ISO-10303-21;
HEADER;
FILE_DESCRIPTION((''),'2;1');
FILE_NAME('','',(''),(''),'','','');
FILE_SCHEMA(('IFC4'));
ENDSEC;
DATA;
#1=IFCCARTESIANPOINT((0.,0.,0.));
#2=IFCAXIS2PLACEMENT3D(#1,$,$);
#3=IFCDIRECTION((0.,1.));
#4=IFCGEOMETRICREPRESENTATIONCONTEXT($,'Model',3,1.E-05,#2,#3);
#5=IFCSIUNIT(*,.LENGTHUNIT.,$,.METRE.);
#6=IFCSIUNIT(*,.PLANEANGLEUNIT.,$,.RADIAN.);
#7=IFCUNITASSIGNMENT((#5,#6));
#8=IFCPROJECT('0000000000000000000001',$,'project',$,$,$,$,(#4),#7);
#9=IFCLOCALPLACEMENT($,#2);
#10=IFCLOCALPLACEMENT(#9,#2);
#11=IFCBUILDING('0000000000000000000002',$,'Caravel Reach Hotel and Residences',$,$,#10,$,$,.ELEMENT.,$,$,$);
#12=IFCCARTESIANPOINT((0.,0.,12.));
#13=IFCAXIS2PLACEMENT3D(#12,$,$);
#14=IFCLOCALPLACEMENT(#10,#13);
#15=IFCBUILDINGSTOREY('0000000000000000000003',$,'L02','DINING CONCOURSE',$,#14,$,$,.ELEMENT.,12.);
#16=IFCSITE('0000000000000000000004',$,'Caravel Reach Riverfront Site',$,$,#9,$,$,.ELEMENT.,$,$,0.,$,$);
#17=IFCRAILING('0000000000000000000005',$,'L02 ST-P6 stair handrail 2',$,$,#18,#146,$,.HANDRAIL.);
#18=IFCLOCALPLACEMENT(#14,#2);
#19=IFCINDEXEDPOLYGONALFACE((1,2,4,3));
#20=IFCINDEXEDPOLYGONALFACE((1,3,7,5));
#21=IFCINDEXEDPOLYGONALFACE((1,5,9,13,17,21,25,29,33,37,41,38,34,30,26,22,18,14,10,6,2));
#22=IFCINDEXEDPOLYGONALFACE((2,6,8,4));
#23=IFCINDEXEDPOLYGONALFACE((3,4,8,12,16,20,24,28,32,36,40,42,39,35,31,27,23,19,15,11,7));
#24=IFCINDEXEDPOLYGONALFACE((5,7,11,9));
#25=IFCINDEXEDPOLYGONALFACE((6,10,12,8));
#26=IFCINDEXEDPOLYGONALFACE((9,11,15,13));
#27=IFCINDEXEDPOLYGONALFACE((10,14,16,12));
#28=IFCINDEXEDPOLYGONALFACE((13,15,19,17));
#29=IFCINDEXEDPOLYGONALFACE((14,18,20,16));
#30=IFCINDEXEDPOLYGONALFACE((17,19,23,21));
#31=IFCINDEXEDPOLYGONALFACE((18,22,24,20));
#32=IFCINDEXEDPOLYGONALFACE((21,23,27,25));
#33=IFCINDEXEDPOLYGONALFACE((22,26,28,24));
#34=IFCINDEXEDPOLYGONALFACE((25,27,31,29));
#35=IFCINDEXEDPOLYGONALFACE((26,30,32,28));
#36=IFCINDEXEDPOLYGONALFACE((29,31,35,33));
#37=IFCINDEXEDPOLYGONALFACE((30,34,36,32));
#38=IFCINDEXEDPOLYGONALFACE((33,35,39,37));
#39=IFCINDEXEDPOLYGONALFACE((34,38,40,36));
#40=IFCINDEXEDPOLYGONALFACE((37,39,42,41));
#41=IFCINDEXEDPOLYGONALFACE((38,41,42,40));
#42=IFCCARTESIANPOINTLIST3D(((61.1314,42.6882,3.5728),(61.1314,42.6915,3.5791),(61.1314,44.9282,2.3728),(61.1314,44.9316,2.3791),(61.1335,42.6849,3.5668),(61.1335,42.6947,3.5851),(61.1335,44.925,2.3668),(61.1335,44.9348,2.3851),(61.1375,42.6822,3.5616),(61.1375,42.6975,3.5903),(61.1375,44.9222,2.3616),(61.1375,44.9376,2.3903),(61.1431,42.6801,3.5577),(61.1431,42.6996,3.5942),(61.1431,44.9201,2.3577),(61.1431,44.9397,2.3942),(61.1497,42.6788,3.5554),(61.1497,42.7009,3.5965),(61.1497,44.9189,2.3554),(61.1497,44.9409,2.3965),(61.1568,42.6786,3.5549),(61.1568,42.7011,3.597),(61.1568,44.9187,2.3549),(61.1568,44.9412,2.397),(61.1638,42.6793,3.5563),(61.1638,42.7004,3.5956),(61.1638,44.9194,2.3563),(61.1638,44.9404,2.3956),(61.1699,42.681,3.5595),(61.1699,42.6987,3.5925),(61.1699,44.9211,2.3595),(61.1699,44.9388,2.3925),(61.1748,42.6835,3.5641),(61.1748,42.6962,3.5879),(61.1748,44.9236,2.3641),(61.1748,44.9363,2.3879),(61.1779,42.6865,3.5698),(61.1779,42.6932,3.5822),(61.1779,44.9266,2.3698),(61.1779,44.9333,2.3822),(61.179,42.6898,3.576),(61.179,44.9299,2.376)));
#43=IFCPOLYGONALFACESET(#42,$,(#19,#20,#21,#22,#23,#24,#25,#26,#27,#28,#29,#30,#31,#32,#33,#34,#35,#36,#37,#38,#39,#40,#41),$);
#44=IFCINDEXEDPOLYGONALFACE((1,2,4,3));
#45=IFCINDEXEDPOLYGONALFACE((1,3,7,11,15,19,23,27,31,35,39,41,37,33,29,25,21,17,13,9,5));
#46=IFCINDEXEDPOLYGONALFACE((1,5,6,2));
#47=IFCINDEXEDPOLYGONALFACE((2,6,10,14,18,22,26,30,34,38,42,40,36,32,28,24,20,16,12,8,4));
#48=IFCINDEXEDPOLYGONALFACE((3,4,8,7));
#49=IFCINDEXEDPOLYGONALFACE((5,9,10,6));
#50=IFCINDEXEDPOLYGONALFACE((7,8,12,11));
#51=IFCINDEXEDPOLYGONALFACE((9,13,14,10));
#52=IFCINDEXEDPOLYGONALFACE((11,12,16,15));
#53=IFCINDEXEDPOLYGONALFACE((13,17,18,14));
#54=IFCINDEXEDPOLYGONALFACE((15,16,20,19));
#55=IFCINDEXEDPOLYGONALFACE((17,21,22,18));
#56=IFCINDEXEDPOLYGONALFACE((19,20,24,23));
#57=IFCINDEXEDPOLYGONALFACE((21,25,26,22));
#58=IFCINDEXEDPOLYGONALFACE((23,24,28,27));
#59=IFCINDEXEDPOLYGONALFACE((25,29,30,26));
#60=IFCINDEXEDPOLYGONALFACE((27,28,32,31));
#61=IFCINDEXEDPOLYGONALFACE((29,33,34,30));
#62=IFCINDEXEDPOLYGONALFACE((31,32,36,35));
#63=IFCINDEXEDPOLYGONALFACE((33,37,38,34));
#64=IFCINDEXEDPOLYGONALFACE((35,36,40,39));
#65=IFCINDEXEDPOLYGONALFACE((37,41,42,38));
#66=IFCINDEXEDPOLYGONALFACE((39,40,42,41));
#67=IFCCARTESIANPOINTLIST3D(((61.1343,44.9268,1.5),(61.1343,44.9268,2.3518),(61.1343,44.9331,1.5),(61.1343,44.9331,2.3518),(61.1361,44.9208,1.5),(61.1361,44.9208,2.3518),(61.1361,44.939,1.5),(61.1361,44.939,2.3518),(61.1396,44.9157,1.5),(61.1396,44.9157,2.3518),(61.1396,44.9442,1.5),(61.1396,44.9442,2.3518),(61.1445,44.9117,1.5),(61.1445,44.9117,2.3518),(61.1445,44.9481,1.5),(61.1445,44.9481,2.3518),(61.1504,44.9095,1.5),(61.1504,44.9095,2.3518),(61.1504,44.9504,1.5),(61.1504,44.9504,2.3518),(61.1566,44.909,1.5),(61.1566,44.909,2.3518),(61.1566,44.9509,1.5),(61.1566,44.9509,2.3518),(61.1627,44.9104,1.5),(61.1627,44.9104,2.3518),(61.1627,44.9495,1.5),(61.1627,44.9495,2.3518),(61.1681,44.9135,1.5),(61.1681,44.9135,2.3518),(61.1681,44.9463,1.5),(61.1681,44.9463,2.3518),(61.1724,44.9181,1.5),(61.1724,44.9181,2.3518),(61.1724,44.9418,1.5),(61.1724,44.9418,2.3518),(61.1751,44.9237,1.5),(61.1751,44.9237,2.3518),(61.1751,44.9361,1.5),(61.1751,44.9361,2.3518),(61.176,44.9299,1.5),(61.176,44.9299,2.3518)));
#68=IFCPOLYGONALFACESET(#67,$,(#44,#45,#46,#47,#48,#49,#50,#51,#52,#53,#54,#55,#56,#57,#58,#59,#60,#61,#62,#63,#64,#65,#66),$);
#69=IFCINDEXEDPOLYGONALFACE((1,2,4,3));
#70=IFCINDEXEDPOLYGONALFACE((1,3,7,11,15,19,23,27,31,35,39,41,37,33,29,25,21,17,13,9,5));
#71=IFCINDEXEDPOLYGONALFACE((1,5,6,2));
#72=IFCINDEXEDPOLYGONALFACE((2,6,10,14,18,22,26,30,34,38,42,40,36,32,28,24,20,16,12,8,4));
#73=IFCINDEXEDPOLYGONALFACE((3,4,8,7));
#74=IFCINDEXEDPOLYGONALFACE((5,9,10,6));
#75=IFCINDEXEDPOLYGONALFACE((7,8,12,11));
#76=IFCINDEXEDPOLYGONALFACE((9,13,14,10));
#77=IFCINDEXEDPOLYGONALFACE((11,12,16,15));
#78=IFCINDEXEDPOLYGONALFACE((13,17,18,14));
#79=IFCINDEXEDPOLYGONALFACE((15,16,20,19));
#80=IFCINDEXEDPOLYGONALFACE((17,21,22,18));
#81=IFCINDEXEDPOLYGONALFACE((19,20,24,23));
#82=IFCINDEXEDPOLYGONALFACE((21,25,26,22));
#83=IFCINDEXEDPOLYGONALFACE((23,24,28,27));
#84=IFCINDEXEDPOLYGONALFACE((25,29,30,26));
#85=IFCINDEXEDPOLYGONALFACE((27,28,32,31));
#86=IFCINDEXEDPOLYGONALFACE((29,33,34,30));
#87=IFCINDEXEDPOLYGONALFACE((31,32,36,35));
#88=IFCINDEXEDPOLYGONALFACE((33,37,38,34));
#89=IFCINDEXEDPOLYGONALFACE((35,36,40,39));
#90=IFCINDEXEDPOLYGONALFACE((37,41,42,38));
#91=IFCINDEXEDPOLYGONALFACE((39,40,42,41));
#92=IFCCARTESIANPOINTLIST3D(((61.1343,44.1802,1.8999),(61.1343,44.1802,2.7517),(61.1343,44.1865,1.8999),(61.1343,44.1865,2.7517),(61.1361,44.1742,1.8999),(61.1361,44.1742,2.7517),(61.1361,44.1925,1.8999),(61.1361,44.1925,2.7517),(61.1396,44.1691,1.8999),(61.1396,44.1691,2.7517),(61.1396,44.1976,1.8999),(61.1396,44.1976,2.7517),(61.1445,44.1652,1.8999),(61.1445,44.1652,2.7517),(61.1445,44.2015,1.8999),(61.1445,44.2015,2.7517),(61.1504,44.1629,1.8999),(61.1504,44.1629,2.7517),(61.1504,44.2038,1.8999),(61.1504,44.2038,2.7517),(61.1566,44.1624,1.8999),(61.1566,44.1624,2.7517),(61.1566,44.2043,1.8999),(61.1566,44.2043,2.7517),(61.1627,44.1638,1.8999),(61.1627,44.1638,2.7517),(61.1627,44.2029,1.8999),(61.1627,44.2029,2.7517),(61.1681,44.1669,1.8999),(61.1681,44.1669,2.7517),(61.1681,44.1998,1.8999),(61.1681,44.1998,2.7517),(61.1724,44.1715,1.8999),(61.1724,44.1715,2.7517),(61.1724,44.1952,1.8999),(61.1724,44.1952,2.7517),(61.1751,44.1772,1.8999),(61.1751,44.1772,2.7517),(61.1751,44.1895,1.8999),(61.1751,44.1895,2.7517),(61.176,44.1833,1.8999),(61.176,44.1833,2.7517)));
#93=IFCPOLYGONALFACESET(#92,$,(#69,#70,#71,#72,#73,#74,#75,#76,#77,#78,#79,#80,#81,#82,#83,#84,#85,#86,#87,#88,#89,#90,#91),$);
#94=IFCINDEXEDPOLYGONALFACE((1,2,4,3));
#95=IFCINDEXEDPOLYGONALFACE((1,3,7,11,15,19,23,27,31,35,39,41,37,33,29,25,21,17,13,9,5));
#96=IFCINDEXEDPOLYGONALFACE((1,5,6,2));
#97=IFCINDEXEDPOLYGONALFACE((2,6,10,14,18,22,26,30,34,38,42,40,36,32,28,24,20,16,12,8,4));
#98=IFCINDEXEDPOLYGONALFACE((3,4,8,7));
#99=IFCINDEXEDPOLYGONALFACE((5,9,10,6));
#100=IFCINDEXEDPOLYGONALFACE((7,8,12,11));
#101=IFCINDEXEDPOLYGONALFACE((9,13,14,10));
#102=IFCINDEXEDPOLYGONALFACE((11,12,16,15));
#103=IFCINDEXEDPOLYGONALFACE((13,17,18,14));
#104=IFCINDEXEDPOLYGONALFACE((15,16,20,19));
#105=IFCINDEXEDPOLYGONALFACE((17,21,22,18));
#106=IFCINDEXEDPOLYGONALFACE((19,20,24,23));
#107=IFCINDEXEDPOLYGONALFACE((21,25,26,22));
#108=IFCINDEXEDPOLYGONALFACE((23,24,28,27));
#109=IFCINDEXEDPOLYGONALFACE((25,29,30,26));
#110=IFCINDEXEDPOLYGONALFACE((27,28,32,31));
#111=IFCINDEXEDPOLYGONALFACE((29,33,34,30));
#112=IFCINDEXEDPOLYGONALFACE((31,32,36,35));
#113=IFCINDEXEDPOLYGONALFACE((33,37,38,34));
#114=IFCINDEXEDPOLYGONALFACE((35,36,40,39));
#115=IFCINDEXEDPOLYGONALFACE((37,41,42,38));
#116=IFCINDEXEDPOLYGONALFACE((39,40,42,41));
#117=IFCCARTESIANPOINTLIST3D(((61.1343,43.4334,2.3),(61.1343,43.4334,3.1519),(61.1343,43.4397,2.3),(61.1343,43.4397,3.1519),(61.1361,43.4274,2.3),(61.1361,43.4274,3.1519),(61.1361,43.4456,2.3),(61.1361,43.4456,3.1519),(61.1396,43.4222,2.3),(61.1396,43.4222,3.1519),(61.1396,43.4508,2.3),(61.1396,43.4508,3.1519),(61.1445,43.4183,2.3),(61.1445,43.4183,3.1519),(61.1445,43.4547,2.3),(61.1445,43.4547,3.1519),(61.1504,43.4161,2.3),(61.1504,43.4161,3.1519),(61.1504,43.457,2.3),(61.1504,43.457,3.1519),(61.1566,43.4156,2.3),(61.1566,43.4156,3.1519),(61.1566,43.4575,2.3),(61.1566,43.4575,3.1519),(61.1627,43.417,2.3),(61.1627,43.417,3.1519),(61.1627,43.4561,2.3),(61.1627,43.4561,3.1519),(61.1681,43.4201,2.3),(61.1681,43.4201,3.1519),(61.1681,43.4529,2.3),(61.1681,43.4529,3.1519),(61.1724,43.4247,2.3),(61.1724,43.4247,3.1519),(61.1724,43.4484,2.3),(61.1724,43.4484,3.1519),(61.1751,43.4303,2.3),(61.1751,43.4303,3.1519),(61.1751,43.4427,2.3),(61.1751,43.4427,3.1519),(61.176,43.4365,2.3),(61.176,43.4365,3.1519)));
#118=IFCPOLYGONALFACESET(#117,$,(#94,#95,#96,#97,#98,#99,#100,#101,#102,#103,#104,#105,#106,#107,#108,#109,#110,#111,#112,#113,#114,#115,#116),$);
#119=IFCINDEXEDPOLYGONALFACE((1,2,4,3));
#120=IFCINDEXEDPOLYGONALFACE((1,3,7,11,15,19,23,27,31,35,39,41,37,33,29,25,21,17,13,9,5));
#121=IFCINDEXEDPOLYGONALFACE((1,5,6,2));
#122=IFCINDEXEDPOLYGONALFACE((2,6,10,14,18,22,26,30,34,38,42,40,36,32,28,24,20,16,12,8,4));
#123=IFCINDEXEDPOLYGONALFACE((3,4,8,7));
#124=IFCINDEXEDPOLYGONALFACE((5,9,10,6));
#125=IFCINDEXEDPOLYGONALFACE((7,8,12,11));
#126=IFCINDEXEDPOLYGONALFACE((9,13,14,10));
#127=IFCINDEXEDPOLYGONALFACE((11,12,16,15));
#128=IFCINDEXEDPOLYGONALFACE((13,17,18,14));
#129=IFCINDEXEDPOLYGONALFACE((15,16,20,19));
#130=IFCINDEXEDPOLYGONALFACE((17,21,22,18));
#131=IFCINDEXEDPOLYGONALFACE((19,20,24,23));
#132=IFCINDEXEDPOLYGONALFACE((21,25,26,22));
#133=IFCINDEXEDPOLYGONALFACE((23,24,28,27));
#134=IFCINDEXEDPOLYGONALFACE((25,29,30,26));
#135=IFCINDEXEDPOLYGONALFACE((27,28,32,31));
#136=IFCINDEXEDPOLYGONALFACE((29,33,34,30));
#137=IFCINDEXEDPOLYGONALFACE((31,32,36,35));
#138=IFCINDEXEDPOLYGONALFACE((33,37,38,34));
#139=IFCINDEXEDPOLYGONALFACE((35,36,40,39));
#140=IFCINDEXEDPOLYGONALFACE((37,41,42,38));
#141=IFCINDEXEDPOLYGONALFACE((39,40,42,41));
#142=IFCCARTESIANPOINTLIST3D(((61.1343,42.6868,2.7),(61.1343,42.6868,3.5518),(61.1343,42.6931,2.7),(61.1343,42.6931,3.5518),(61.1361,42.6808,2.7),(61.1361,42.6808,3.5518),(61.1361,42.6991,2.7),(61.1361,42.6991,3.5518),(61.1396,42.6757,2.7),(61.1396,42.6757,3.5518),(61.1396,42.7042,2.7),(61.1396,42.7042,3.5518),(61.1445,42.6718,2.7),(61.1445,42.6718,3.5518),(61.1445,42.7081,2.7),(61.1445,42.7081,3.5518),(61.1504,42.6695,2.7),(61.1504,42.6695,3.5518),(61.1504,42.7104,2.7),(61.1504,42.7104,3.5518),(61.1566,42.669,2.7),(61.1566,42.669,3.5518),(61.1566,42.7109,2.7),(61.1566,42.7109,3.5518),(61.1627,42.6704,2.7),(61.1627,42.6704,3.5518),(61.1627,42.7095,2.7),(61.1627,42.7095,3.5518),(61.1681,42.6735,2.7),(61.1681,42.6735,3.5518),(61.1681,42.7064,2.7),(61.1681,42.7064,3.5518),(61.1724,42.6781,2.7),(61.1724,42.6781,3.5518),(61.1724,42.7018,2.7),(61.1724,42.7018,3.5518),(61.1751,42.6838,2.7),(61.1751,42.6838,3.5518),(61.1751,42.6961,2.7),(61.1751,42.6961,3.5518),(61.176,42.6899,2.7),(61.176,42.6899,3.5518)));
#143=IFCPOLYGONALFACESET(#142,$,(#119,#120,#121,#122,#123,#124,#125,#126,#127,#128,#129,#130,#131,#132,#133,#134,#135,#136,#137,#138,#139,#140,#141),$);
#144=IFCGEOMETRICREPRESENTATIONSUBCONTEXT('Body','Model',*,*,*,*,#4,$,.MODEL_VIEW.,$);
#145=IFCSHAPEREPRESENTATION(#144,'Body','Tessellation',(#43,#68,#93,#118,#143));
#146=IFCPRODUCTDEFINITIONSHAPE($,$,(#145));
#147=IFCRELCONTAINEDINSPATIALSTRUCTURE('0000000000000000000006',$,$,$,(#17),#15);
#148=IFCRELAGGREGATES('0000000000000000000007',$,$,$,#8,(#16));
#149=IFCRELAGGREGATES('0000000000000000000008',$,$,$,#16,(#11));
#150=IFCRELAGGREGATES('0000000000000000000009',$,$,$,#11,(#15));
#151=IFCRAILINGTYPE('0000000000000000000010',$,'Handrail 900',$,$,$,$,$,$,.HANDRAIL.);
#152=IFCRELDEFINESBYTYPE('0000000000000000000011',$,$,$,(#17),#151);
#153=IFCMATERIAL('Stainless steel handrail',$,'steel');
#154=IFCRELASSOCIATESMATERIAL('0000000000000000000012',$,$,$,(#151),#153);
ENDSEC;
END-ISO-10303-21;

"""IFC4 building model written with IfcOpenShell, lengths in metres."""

from ifc_helpers import new_model, si_unit, direction, frame, origin, origin_2d, place, context, subcontext, project, spatial, circle, extrude, material, type_object, element, save


model = new_model("IFC4")

# Units and contexts
model_context = context("Model", 3, precision=1e-05, world=origin(), true_north=direction((0.0, 1.0)))
body_context = subcontext(model_context, "Body", "Model", "MODEL_VIEW")
ifc_project = project(units=[si_unit("LENGTHUNIT", "METRE"), si_unit("PLANEANGLEUNIT", "RADIAN")], contexts=[model_context])

# Site, building, storey
site_placement = place(None, origin())
site = spatial("IfcSite", under=ifc_project, at=site_placement, Name="Caravel Reach Riverfront Site", CompositionType="ELEMENT", RefElevation=0.0)
building_placement = place(site_placement, origin())
building = spatial("IfcBuilding", under=site, at=building_placement, Name="Caravel Reach Hotel and Residences", CompositionType="ELEMENT")
storey_placement = place(building_placement, frame((0.0, 0.0, 12.0)))
storey = spatial("IfcBuildingStorey", under=building, at=storey_placement, Name="L02", Description="DINING CONCOURSE", CompositionType="ELEMENT", Elevation=12.0)

# Railing
ifc_material_1 = material(Name="Stainless steel handrail", Category="steel")
railing_type_1 = type_object("IfcRailingType", Name="Handrail 900", PredefinedType="HANDRAIL", material=ifc_material_1)
railing_1_placement = place(storey_placement, frame((61.155, 44.9299, 1.5)))
element("IfcRailing", 1, at=railing_1_placement, inside=storey, type_object=railing_type_1, Name="L02 ST-P6 stair handrail 2", PredefinedType="HANDRAIL", context=body_context, shape_type="SweptSolid", body=[
    extrude(circle(Radius=0.0239, at=origin_2d()), frame((0.0, 0.0, 0.876), z_axis=(0.0, -0.881487, 0.472208), x_axis=(1.0, 0.0, 0.0)), (0.0, 0.0, 1.0), 2.5413),
    extrude(circle(Radius=0.021, at=origin_2d()), origin(), (0.0, 0.0, 1.0), 0.8518),
    extrude(circle(Radius=0.021, at=origin_2d()), frame((0.0, -0.7466, 0.3999)), (0.0, 0.0, 1.0), 0.8518),
    extrude(circle(Radius=0.021, at=origin_2d()), frame((0.0, -1.4934, 0.8)), (0.0, 0.0, 1.0), 0.8518),
    extrude(circle(Radius=0.021, at=origin_2d()), frame((0.0, -2.24, 1.2)), (0.0, 0.0, 1.0), 0.8518),
])

save(model, "model.ifc")
